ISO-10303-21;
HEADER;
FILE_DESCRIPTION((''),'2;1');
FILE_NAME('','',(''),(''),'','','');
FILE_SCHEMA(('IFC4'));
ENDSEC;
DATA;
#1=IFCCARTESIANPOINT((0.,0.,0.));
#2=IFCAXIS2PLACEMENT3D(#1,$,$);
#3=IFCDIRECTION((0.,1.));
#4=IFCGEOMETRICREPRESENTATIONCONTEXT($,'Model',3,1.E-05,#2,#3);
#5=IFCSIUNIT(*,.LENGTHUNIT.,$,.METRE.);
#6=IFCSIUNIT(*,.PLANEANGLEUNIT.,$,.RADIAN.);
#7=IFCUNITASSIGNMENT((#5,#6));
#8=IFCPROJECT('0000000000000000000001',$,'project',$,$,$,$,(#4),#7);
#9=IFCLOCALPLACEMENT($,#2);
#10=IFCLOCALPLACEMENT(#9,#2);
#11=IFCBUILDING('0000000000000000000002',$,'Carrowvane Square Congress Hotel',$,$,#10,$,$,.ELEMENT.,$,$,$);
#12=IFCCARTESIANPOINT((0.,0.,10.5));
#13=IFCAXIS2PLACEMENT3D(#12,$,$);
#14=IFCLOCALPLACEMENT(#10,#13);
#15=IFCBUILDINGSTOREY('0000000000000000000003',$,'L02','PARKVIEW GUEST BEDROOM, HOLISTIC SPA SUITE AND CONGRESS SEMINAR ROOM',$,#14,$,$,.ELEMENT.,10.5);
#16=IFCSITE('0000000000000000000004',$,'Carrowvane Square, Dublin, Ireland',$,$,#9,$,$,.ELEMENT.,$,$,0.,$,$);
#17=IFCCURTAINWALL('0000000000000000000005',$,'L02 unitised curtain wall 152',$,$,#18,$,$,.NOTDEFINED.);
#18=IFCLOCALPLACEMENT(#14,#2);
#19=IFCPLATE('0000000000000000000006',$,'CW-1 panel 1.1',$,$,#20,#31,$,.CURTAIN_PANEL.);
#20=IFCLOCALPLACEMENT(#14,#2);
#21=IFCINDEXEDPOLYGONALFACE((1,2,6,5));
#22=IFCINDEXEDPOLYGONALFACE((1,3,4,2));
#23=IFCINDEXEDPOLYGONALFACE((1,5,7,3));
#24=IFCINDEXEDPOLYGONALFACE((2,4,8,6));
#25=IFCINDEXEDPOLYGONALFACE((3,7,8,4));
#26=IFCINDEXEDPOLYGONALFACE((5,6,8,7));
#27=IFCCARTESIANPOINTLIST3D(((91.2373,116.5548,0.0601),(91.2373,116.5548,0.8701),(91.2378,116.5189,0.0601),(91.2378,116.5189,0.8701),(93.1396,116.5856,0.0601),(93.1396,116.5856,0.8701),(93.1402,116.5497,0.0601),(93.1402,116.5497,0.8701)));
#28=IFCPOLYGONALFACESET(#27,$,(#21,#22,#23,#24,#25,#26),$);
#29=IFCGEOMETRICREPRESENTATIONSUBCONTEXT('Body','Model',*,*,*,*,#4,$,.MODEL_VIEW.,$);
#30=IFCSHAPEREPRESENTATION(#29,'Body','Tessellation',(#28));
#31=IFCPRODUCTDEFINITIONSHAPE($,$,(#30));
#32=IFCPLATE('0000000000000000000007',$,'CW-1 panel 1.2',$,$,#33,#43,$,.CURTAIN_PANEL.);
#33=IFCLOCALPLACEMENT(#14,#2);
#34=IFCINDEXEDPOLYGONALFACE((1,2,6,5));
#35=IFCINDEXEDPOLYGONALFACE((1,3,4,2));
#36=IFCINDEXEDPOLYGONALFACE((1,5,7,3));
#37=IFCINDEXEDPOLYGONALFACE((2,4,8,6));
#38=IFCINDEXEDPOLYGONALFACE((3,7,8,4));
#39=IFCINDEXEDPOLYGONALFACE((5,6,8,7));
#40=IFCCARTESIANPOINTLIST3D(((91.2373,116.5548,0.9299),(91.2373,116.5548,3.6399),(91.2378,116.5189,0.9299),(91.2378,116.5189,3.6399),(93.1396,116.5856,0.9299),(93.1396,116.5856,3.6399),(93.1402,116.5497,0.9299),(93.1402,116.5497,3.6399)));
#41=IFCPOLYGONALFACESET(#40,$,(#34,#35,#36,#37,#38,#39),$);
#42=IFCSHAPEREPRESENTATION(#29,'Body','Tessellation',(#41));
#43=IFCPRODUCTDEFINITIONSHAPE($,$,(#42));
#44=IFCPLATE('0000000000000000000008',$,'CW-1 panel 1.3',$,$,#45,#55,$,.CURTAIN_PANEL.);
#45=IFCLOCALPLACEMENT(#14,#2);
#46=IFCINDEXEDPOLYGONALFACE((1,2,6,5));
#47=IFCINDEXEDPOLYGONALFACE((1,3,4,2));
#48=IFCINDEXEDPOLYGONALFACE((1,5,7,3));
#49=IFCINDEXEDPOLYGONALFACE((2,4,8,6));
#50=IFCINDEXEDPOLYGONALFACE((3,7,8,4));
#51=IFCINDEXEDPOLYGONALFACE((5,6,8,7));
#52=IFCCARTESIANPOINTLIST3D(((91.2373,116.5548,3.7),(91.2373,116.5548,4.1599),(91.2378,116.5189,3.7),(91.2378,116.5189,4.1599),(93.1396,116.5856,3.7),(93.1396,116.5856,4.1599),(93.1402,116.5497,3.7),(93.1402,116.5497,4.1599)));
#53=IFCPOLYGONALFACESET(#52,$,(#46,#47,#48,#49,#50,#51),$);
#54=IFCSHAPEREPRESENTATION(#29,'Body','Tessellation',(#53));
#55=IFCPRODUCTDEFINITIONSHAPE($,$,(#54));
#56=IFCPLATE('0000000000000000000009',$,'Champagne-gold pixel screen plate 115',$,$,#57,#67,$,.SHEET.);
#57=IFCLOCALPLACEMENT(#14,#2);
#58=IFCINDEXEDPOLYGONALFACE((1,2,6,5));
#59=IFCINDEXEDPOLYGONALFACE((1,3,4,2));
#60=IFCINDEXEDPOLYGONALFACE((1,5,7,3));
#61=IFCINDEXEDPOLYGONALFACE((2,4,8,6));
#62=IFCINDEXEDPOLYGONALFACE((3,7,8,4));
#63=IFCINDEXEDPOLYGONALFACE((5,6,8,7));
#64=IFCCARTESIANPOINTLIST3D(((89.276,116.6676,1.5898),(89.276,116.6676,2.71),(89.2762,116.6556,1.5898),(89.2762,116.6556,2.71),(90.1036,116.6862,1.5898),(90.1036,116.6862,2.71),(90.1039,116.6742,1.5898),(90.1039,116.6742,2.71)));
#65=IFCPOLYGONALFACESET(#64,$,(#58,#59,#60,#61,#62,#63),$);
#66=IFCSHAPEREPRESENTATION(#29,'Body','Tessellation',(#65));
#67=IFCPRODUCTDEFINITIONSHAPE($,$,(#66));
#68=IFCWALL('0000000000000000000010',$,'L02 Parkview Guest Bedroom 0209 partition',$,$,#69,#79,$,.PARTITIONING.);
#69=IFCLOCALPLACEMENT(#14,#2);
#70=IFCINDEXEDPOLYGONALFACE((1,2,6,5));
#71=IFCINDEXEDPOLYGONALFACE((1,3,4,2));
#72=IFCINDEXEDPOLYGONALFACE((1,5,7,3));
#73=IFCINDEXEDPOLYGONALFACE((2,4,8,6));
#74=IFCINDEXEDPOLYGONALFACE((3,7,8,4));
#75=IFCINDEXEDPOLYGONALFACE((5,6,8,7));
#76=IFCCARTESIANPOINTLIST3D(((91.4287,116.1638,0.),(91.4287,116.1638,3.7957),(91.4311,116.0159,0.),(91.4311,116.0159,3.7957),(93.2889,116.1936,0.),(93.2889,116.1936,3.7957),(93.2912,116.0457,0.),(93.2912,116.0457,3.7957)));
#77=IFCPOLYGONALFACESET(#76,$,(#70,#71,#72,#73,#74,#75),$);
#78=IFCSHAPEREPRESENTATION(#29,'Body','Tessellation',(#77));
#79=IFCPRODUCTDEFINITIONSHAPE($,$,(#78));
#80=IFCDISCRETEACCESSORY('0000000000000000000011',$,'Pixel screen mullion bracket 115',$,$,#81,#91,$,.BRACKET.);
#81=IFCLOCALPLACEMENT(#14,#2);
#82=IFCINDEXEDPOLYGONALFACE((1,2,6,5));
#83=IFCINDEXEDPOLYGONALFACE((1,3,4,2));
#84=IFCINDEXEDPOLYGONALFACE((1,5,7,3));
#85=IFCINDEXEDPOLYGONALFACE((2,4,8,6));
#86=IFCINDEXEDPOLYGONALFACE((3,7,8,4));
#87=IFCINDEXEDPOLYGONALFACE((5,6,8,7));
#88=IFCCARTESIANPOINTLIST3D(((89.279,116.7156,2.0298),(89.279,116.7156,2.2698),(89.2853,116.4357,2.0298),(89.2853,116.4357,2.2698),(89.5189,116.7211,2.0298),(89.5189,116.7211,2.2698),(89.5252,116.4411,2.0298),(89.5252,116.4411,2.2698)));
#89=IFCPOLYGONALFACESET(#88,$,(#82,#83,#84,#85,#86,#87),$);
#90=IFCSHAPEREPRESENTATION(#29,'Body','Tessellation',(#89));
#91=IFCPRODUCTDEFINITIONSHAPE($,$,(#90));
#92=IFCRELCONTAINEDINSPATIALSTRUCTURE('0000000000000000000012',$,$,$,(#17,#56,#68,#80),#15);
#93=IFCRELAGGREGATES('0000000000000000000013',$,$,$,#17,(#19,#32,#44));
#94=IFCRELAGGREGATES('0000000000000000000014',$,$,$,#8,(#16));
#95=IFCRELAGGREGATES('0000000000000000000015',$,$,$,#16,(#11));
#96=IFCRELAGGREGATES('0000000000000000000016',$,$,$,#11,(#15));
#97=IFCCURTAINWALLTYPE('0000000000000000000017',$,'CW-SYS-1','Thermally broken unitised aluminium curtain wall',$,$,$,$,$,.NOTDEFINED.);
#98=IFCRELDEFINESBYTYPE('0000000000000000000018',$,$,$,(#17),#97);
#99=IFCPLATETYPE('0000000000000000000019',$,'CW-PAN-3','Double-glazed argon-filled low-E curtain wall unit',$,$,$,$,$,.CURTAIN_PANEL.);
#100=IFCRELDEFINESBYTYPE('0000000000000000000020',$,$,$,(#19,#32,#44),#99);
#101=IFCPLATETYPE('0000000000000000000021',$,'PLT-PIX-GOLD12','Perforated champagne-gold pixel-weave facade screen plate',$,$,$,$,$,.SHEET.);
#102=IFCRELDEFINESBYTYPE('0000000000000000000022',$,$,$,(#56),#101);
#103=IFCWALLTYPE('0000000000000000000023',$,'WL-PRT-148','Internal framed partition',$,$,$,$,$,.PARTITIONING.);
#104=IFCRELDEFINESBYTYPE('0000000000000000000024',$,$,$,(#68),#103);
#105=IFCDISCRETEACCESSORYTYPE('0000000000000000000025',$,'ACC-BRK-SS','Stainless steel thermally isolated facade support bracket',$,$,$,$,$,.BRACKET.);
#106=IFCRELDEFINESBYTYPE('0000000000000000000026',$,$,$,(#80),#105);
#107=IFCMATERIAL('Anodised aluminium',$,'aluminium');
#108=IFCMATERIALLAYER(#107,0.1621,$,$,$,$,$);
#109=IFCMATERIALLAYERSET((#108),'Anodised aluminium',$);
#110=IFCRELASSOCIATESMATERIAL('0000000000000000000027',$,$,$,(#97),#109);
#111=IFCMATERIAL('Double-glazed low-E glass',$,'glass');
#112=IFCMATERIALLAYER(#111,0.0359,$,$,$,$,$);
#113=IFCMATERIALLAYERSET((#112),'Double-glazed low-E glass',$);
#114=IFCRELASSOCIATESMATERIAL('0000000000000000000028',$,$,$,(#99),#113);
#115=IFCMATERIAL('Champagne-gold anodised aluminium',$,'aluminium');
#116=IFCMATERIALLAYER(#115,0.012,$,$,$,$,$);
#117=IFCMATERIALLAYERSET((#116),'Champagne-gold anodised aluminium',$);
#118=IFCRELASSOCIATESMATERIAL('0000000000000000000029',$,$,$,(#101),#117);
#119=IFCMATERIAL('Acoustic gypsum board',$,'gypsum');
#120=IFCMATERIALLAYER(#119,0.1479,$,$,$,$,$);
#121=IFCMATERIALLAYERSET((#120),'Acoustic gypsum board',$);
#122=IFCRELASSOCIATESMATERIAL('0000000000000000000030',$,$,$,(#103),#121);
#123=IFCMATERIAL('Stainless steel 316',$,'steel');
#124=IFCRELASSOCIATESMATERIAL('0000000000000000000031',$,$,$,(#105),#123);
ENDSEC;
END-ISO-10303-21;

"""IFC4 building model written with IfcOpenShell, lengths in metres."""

from ifc_helpers import new_model, si_unit, direction, frame, frame_2d, origin, origin_2d, place, context, subcontext, project, spatial, rectangle, extrude, material, layer, layer_set, type_object, element, aggregate, save


model = new_model("IFC4")

# Units and contexts
model_context = context("Model", 3, precision=1e-05, world=origin(), true_north=direction((0.0, 1.0)))
body_context = subcontext(model_context, "Body", "Model", "MODEL_VIEW")
ifc_project = project(units=[si_unit("LENGTHUNIT", "METRE"), si_unit("PLANEANGLEUNIT", "RADIAN")], contexts=[model_context])

# Site, building, storey
site_placement = place(None, origin())
site = spatial("IfcSite", under=ifc_project, at=site_placement, Name="Carrowvane Square, Dublin, Ireland", CompositionType="ELEMENT", RefElevation=0.0)
building_placement = place(site_placement, origin())
building = spatial("IfcBuilding", under=site, at=building_placement, Name="Carrowvane Square Congress Hotel", CompositionType="ELEMENT")
storey_placement = place(building_placement, frame((0.0, 0.0, 10.5)))
storey = spatial("IfcBuildingStorey", under=building, at=storey_placement, Name="L02", Description="PARKVIEW GUEST BEDROOM, HOLISTIC SPA SUITE AND CONGRESS SEMINAR ROOM", CompositionType="ELEMENT", Elevation=10.5)

# Curtain wall
ifc_material_1 = material(Name="Anodised aluminium", Category="aluminium")
ifc_layer_1 = layer(ifc_material_1, 0.1621)
ifc_layer_set_1 = layer_set([ifc_layer_1], Name="Anodised aluminium")
curtain_wall_type_1 = type_object("IfcCurtainWallType", Name="CW-SYS-1", Description="Thermally broken unitised aluminium curtain wall", PredefinedType="NOTDEFINED", material=ifc_layer_set_1)
curtain_wall_1_placement = place(storey_placement, origin())
curtain_wall_1 = element("IfcCurtainWall", 1, at=curtain_wall_1_placement, inside=storey, type_object=curtain_wall_type_1, Name="L02 unitised curtain wall 152", PredefinedType="NOTDEFINED")

# Plates
ifc_material_2 = material(Name="Double-glazed low-E glass", Category="glass")
ifc_layer_2 = layer(ifc_material_2, 0.0359)
ifc_layer_set_2 = layer_set([ifc_layer_2], Name="Double-glazed low-E glass")
plate_type_1 = type_object("IfcPlateType", Name="CW-PAN-3", Description="Double-glazed argon-filled low-E curtain wall unit", PredefinedType="CURTAIN_PANEL", material=ifc_layer_set_2)
plate_1_placement = place(storey_placement, frame((92.1887, 116.5522, 0.0601), z_axis=(0.0, 0.0, 1.0), x_axis=(0.999869, 0.016216, 0.0)))
plate_1 = element("IfcPlate", 2, at=plate_1_placement, type_object=plate_type_1, Name="CW-1 panel 1.1", PredefinedType="CURTAIN_PANEL", context=body_context, shape_type="SweptSolid", body=[
    extrude(rectangle(XDim=1.9026, YDim=0.0359, at=origin_2d()), origin(), (0.0, 0.0, 1.0), 0.8101),
])
plate_2_placement = place(storey_placement, frame((92.1887, 116.5522, 0.9299), z_axis=(0.0, 0.0, 1.0), x_axis=(0.999869, 0.016216, 0.0)))
plate_2 = element("IfcPlate", 3, at=plate_2_placement, type_object=plate_type_1, Name="CW-1 panel 1.2", PredefinedType="CURTAIN_PANEL", context=body_context, shape_type="SweptSolid", body=[
    extrude(rectangle(XDim=1.9026, YDim=0.0359, at=origin_2d()), origin(), (0.0, 0.0, 1.0), 2.71),
])
plate_3_placement = place(storey_placement, frame((92.1887, 116.5522, 3.7), z_axis=(0.0, 0.0, 1.0), x_axis=(0.999869, 0.016216, 0.0)))
plate_3 = element("IfcPlate", 4, at=plate_3_placement, type_object=plate_type_1, Name="CW-1 panel 1.3", PredefinedType="CURTAIN_PANEL", context=body_context, shape_type="SweptSolid", body=[
    extrude(rectangle(XDim=1.9026, YDim=0.0359, at=origin_2d()), origin(), (0.0, 0.0, 1.0), 0.46),
])
aggregate(curtain_wall_1, [plate_1, plate_2, plate_3])
ifc_material_3 = material(Name="Champagne-gold anodised aluminium", Category="aluminium")
ifc_layer_3 = layer(ifc_material_3, 0.012)
ifc_layer_set_3 = layer_set([ifc_layer_3], Name="Champagne-gold anodised aluminium")
plate_type_2 = type_object("IfcPlateType", Name="PLT-PIX-GOLD12", Description="Perforated champagne-gold pixel-weave facade screen plate", PredefinedType="SHEET", material=ifc_layer_set_3)
plate_4_placement = place(storey_placement, frame((89.6899, 116.6709, 1.5898), z_axis=(0.0, 0.0, 1.0), x_axis=(0.999746, 0.022519, 0.0)))
element("IfcPlate", 5, at=plate_4_placement, inside=storey, type_object=plate_type_2, Name="Champagne-gold pixel screen plate 115", PredefinedType="SHEET", context=body_context, shape_type="SweptSolid", body=[
    extrude(rectangle(XDim=0.8279, YDim=0.012, at=origin_2d()), origin(), (0.0, 0.0, 1.0), 1.1201),
])

# Wall
ifc_material_4 = material(Name="Acoustic gypsum board", Category="gypsum")
ifc_layer_4 = layer(ifc_material_4, 0.1479)
ifc_layer_set_4 = layer_set([ifc_layer_4], Name="Acoustic gypsum board")
wall_type = type_object("IfcWallType", Name="WL-PRT-148", Description="Internal framed partition", PredefinedType="PARTITIONING", material=ifc_layer_set_4)
wall_placement = place(storey_placement, frame((91.4299, 116.0898, 0.0), z_axis=(0.0, 0.0, 1.0), x_axis=(0.999872, 0.016011, 0.0)))
element("IfcWall", 6, at=wall_placement, inside=storey, type_object=wall_type, Name="L02 Parkview Guest Bedroom 0209 partition", PredefinedType="PARTITIONING", context=body_context, shape_type="SweptSolid", body=[
    extrude(rectangle(XDim=1.8604, YDim=0.1479, at=frame_2d((0.9302, 0.0))), origin(), (0.0, 0.0, 1.0), 3.7957),
])

# Discrete accessory
ifc_material_5 = material(Name="Stainless steel 316", Category="steel")
discrete_accessory_type = type_object("IfcDiscreteAccessoryType", Name="ACC-BRK-SS", Description="Stainless steel thermally isolated facade support bracket", PredefinedType="BRACKET", material=ifc_material_5)
discrete_accessory_placement = place(storey_placement, frame((89.4021, 116.5784, 2.0298), z_axis=(0.0, 0.0, 1.0), x_axis=(0.999746, 0.022519, 0.0)))
element("IfcDiscreteAccessory", 7, at=discrete_accessory_placement, inside=storey, type_object=discrete_accessory_type, Name="Pixel screen mullion bracket 115", PredefinedType="BRACKET", context=body_context, shape_type="SweptSolid", body=[
    extrude(rectangle(XDim=0.24, YDim=0.28, at=origin_2d()), origin(), (0.0, 0.0, 1.0), 0.24),
])

save(model, "model.ifc")
